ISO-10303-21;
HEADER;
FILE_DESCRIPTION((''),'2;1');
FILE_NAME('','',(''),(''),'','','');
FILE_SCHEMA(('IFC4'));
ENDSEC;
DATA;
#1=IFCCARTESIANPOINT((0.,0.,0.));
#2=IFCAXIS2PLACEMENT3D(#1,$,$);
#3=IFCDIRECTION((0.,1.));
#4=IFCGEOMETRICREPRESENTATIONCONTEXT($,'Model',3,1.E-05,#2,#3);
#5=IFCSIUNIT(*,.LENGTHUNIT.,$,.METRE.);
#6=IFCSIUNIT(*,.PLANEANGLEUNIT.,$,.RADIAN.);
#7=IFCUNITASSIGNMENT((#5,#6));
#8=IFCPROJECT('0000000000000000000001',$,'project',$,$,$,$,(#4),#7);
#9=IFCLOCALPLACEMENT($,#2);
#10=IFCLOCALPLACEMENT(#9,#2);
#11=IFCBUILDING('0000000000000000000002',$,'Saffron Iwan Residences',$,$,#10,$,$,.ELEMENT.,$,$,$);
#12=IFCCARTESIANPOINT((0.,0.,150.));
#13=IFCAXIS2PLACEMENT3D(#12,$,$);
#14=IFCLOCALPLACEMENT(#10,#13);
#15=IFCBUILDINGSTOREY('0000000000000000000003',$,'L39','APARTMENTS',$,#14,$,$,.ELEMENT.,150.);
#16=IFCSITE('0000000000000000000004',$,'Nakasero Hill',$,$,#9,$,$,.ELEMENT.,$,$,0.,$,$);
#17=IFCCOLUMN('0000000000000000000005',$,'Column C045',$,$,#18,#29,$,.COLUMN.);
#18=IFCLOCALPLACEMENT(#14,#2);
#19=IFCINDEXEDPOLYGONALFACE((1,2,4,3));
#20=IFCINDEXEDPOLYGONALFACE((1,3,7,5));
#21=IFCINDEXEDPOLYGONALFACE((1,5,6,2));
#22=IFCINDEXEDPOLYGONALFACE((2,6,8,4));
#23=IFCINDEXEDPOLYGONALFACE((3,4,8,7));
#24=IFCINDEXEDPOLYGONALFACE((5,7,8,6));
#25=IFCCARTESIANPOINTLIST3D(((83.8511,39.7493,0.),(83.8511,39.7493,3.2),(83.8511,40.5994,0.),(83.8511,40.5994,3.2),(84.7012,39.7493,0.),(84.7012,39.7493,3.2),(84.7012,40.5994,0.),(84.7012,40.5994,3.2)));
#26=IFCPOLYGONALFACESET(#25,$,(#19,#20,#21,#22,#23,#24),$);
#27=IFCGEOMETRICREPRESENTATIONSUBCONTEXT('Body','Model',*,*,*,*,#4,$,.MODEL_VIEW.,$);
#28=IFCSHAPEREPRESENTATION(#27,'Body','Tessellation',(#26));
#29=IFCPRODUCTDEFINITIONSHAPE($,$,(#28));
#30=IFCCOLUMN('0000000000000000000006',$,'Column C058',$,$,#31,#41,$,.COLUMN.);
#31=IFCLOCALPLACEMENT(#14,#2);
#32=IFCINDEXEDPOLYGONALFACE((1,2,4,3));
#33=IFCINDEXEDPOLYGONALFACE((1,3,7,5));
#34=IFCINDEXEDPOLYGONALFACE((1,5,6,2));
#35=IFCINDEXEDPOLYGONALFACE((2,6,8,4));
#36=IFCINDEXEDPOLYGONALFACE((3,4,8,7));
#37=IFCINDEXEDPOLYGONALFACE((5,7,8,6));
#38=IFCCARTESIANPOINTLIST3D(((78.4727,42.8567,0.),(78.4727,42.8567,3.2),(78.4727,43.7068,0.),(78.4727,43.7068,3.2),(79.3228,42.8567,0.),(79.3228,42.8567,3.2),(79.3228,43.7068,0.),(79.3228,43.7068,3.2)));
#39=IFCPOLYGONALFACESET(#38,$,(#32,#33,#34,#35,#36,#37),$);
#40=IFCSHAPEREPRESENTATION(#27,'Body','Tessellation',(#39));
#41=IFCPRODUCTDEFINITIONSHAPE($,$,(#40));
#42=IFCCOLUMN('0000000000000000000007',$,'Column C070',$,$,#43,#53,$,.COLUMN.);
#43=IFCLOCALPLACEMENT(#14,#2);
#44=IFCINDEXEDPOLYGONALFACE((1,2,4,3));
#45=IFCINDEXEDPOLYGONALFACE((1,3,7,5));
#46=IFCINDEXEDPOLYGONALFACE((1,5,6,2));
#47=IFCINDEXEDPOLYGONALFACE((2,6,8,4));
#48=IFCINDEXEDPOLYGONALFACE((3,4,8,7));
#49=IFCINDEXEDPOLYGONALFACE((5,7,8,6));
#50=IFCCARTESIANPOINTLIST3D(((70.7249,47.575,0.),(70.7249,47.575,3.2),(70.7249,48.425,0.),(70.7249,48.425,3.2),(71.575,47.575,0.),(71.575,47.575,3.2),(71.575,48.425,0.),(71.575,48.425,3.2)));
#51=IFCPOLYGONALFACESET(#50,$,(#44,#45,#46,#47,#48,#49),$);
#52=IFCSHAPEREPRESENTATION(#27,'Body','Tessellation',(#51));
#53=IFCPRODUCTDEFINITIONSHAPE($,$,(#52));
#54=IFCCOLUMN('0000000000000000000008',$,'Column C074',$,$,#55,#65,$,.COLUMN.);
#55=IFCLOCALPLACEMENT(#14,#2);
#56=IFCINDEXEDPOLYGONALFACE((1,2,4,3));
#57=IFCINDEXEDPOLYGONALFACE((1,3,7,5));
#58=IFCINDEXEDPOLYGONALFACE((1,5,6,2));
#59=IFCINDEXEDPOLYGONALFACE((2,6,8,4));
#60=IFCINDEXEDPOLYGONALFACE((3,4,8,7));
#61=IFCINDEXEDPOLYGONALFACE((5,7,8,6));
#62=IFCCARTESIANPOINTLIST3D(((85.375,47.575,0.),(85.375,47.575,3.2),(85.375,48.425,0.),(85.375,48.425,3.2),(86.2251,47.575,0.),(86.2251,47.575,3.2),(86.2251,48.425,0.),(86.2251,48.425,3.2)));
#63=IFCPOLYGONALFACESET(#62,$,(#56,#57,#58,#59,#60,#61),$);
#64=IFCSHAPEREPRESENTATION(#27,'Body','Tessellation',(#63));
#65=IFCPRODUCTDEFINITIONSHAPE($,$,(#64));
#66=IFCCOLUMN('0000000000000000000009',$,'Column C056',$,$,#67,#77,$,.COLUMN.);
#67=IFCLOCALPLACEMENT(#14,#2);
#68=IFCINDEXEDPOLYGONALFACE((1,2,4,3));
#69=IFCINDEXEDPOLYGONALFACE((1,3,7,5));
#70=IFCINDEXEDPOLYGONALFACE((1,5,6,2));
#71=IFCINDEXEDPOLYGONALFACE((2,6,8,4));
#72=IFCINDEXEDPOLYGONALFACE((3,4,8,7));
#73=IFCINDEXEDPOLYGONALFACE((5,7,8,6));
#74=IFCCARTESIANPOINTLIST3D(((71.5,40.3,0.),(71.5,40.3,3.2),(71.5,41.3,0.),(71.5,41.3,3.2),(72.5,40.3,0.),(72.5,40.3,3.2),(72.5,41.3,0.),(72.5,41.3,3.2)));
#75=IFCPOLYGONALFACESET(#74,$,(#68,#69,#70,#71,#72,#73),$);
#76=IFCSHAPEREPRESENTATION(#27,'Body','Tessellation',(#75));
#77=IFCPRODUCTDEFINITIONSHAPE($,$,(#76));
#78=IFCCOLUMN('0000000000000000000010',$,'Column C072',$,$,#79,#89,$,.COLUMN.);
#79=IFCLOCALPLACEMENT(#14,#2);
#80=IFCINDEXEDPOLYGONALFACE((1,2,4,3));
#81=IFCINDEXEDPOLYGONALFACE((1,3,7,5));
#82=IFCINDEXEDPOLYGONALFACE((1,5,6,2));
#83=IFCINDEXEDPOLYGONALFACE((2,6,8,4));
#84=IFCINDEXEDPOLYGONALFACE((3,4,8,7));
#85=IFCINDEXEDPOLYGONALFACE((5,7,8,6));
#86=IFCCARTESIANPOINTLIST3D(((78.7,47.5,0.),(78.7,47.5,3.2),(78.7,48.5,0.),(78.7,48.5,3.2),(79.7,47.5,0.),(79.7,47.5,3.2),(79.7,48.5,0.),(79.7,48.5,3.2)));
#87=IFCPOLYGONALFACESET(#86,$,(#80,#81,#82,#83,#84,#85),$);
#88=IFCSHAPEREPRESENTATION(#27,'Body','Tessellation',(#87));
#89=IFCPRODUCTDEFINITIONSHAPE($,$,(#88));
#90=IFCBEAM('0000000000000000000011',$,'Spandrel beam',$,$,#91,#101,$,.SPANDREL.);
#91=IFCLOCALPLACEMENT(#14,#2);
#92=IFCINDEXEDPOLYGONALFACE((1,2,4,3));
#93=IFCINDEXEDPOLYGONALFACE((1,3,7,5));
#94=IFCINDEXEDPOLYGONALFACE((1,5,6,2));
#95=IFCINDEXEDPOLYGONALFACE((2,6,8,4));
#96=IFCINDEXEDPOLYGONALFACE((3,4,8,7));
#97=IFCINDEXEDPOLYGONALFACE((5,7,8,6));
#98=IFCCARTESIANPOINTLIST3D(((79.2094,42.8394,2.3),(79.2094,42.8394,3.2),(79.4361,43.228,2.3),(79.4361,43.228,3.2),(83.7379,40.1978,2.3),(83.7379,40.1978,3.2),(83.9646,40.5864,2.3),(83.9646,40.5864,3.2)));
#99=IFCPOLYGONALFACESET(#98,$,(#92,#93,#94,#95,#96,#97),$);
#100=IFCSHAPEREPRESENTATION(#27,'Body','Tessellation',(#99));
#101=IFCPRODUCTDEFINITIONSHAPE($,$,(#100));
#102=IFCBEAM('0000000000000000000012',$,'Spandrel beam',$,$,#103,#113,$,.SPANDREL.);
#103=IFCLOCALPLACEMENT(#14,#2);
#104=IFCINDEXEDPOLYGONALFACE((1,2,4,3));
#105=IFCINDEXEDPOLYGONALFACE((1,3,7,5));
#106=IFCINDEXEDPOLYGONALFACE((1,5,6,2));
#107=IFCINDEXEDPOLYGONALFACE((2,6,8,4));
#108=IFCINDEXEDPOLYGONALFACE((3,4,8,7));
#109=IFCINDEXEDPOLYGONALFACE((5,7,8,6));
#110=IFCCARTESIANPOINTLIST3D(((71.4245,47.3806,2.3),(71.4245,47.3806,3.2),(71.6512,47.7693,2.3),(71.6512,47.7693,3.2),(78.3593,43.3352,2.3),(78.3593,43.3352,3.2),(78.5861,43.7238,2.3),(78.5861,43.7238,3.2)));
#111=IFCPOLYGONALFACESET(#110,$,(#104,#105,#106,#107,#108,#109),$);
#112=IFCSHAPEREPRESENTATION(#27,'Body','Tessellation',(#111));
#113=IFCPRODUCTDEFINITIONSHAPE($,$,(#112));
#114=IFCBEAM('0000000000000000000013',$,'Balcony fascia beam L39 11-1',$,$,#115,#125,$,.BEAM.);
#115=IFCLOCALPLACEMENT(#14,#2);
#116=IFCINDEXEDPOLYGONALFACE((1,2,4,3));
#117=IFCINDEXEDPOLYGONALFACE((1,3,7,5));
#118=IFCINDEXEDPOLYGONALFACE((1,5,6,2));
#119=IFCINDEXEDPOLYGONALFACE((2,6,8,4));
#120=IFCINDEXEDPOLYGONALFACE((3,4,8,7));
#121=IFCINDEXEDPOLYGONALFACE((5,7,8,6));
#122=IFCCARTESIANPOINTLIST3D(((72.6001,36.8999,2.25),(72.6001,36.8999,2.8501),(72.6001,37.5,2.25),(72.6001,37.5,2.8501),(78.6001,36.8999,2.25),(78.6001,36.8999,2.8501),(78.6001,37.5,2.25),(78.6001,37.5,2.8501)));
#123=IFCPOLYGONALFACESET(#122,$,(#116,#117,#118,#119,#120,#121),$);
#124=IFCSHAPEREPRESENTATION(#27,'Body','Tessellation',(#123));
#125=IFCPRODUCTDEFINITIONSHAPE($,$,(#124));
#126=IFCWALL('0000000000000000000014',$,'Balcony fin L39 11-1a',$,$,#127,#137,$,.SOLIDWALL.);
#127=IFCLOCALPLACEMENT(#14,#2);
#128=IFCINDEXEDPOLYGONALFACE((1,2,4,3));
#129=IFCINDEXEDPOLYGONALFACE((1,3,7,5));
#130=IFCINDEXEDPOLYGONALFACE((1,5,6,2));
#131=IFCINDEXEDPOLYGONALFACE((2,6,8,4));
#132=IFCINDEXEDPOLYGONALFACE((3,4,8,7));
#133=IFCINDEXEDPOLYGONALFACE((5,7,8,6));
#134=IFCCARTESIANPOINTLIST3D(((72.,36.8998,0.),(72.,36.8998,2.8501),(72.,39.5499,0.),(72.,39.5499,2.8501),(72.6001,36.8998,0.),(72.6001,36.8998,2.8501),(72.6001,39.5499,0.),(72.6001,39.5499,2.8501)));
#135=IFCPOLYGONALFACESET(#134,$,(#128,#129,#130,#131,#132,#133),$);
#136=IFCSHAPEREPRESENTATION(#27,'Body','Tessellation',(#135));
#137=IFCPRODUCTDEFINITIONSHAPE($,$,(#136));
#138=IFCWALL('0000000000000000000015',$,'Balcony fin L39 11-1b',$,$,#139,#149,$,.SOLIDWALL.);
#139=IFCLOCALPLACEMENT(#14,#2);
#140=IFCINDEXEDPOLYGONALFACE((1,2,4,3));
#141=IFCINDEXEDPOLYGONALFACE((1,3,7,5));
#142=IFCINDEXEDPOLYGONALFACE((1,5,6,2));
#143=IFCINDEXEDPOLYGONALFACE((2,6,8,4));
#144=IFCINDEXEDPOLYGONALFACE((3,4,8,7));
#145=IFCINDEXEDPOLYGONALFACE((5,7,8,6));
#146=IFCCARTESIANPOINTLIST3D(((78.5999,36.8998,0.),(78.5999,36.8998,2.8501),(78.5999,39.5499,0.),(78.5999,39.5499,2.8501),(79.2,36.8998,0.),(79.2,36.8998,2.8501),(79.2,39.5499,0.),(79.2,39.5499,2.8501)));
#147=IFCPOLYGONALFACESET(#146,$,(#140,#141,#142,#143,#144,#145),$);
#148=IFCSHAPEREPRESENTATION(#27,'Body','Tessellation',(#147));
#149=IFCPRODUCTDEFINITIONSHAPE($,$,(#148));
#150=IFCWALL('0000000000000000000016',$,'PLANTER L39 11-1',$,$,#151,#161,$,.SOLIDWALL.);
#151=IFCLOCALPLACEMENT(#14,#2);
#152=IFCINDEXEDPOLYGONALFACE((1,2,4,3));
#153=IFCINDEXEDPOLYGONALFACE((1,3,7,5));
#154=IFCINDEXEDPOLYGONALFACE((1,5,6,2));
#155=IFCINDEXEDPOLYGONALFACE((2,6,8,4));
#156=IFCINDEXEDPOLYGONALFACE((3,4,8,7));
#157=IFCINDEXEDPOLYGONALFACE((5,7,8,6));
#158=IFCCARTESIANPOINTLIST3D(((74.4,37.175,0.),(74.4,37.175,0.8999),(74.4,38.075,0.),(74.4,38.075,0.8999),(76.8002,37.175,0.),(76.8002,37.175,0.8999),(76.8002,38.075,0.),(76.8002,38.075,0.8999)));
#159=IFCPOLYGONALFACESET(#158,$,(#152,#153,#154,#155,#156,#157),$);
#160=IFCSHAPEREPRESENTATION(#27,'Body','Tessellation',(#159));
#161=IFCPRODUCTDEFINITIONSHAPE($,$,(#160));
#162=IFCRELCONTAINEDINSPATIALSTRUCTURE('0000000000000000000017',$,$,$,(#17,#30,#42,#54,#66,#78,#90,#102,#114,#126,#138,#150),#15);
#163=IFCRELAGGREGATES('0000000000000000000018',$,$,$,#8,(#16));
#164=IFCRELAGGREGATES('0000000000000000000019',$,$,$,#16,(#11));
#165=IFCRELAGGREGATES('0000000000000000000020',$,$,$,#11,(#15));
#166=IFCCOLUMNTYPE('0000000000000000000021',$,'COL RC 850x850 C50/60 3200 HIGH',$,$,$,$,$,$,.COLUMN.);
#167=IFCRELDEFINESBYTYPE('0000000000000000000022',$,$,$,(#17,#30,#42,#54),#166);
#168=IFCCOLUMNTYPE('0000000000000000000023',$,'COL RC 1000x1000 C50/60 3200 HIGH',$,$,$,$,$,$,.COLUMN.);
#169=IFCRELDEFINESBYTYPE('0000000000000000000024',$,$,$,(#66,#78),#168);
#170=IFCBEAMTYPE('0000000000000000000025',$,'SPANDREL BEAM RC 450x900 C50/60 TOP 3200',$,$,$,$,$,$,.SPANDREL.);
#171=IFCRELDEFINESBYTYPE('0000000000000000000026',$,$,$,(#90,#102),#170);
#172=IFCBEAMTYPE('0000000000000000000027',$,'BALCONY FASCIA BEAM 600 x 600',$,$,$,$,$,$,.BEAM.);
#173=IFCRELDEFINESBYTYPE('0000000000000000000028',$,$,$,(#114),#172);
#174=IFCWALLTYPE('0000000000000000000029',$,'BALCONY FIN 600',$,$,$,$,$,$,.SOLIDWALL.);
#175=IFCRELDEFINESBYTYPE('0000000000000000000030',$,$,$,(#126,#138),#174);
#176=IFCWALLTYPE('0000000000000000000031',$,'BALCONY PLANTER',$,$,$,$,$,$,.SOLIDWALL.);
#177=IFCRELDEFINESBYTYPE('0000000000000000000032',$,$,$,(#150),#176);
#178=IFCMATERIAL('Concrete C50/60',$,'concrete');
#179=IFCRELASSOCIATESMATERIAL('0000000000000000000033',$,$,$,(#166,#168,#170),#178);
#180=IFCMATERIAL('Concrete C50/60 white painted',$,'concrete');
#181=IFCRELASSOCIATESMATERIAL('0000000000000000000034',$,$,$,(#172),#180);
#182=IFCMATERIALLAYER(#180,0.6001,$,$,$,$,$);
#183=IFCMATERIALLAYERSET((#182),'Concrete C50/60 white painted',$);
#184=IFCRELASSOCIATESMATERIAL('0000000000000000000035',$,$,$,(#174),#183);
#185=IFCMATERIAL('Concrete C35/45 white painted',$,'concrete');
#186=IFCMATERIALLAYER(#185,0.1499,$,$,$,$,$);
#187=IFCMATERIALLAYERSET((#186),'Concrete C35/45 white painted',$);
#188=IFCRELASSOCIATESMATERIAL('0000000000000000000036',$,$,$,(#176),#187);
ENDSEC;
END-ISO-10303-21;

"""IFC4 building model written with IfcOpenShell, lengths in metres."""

from ifc_helpers import new_model, si_unit, direction, frame, frame_2d, origin, origin_2d, place, context, subcontext, project, spatial, rectangle, extrude, source, transform, mapped, material, layer, layer_set, material_profile, profile_set, type_object, element, save


model = new_model("IFC4")

# Units and contexts
model_context = context("Model", 3, precision=1e-05, world=origin(), true_north=direction((0.0, 1.0)))
body_context = subcontext(model_context, "Body", "Model", "MODEL_VIEW")
ifc_project = project(units=[si_unit("LENGTHUNIT", "METRE"), si_unit("PLANEANGLEUNIT", "RADIAN")], contexts=[model_context])

# Site, building, storey
site_placement = place(None, origin())
site = spatial("IfcSite", under=ifc_project, at=site_placement, Name="Nakasero Hill", CompositionType="ELEMENT", RefElevation=0.0)
building_placement = place(site_placement, origin())
building = spatial("IfcBuilding", under=site, at=building_placement, Name="Saffron Iwan Residences", CompositionType="ELEMENT")
storey_placement = place(building_placement, frame((0.0, 0.0, 150.0)))
storey = spatial("IfcBuildingStorey", under=building, at=storey_placement, Name="L39", Description="APARTMENTS", CompositionType="ELEMENT", Elevation=150.0)

# Columns
ifc_material_1 = material(Name="Concrete C50/60", Category="concrete")
ifc_material_profile_1 = material_profile(ifc_material_1, rectangle(XDim=0.8501, YDim=0.8501, at=origin_2d()), Name="RC 850x850")
ifc_profile_set_1 = profile_set([ifc_material_profile_1], Name="Concrete C50/60")
column_type_1 = type_object("IfcColumnType", Name="COL RC 850x850 C50/60 3200 HIGH", PredefinedType="COLUMN", material=ifc_profile_set_1)
shared_shape_1 = source(origin(), body_context, "Body", "SweptSolid", [
    extrude(rectangle(XDim=0.8501, YDim=0.8501, at=origin_2d()), origin(), (0.0, 0.0, 1.0), 3.2),
])
for number, where, z_axis, x_axis, name in (
    (1, (84.2761, 40.1743, 0.0), (0.0, 0.0, 1.0), (1.0, 0.0, 0.0), "Column C045"),
    (2, (78.8977, 43.2817, 0.0), (0.0, 0.0, 1.0), (1.0, 0.0, 0.0), "Column C058"),
    (3, (71.1499, 48.0, 0.0), (0.0, 0.0, 1.0), (1.0, 0.0, 0.0), "Column C070"),
    (4, (85.8, 48.0, 0.0), (0.0, 0.0, 1.0), (1.0, 0.0, 0.0), "Column C074"),
):
    element("IfcColumn", number, at=place(storey_placement, frame(where, z_axis=z_axis, x_axis=x_axis)), inside=storey, type_object=column_type_1, Name=name, PredefinedType="COLUMN", context=body_context, shape_type="MappedRepresentation", body=[
        mapped(shared_shape_1, transform((0.0, 0.0, 0.0))),
    ])
ifc_material_profile_2 = material_profile(ifc_material_1, rectangle(XDim=1.0, YDim=1.0, at=origin_2d()), Name="RC 1000x1000")
ifc_profile_set_2 = profile_set([ifc_material_profile_2], Name="Concrete C50/60")
column_type_2 = type_object("IfcColumnType", Name="COL RC 1000x1000 C50/60 3200 HIGH", PredefinedType="COLUMN", material=ifc_profile_set_2)
shared_shape_2 = source(origin(), body_context, "Body", "SweptSolid", [
    extrude(rectangle(XDim=1.0, YDim=1.0, at=origin_2d()), origin(), (0.0, 0.0, 1.0), 3.2),
])
for number, where, z_axis, x_axis, name in (
    (5, (72.0, 40.8, 0.0), (0.0, 0.0, 1.0), (1.0, 0.0, 0.0), "Column C056"),
    (6, (79.2, 48.0, 0.0), (0.0, 0.0, 1.0), (1.0, 0.0, 0.0), "Column C072"),
):
    element("IfcColumn", number, at=place(storey_placement, frame(where, z_axis=z_axis, x_axis=x_axis)), inside=storey, type_object=column_type_2, Name=name, PredefinedType="COLUMN", context=body_context, shape_type="MappedRepresentation", body=[
        mapped(shared_shape_2, transform((0.0, 0.0, 0.0))),
    ])

# Beams
ifc_material_profile_3 = material_profile(ifc_material_1, rectangle(XDim=0.45, YDim=0.8999, at=origin_2d()), Name="RC 450x900")
ifc_profile_set_3 = profile_set([ifc_material_profile_3], Name="Concrete C50/60")
beam_type_1 = type_object("IfcBeamType", Name="SPANDREL BEAM RC 450x900 C50/60 TOP 3200", PredefinedType="SPANDREL", material=ifc_profile_set_3)
shared_shape_3 = source(origin(), body_context, "Body", "SweptSolid", [
    extrude(rectangle(XDim=0.45, YDim=0.8999, at=origin_2d()), origin(), (0.0, 0.0, 1.0), 5.2427),
])
beam_1_placement = place(storey_placement, frame((79.3228, 43.0337, 2.75), z_axis=(0.863784, -0.503862, 0.0), x_axis=(0.503862, 0.863784, 0.0)))
element("IfcBeam", 7, at=beam_1_placement, inside=storey, type_object=beam_type_1, Name="Spandrel beam", PredefinedType="SPANDREL", context=body_context, shape_type="MappedRepresentation", body=[
    mapped(shared_shape_3, transform((0.0, 0.0, 0.0))),
])
shared_shape_4 = source(origin(), body_context, "Body", "SweptSolid", [
    extrude(rectangle(XDim=0.45, YDim=0.8999, at=origin_2d()), origin(), (0.0, 0.0, 1.0), 8.0286),
])
beam_2_placement = place(storey_placement, frame((71.5378, 47.575, 2.75), z_axis=(0.863773, -0.50388, 0.0), x_axis=(0.50388, 0.863773, 0.0)))
element("IfcBeam", 8, at=beam_2_placement, inside=storey, type_object=beam_type_1, Name="Spandrel beam", PredefinedType="SPANDREL", context=body_context, shape_type="MappedRepresentation", body=[
    mapped(shared_shape_4, transform((0.0, 0.0, 0.0))),
])
ifc_material_2 = material(Name="Concrete C50/60 white painted", Category="concrete")
ifc_material_profile_4 = material_profile(ifc_material_2, rectangle(XDim=0.6001, YDim=0.6001, at=origin_2d()), Name="BALCONY FASCIA BEAM 600 x 600")
ifc_profile_set_4 = profile_set([ifc_material_profile_4], Name="Concrete C50/60 white painted")
beam_type_2 = type_object("IfcBeamType", Name="BALCONY FASCIA BEAM 600 x 600", PredefinedType="BEAM", material=ifc_profile_set_4)
shared_shape_5 = source(origin(), body_context, "Body", "SweptSolid", [
    extrude(rectangle(XDim=0.6001, YDim=0.6001, at=origin_2d()), origin(), (0.0, 0.0, 1.0), 6.0),
])
beam_3_placement = place(storey_placement, frame((72.6001, 37.2, 2.55), z_axis=(1.0, 0.0, 0.0), x_axis=(0.0, 1.0, 0.0)))
element("IfcBeam", 9, at=beam_3_placement, inside=storey, type_object=beam_type_2, Name="Balcony fascia beam L39 11-1", PredefinedType="BEAM", context=body_context, shape_type="MappedRepresentation", body=[
    mapped(shared_shape_5, transform((0.0, 0.0, 0.0))),
])

# Walls
ifc_layer_1 = layer(ifc_material_2, 0.6001)
ifc_layer_set_1 = layer_set([ifc_layer_1], Name="Concrete C50/60 white painted")
wall_type_1 = type_object("IfcWallType", Name="BALCONY FIN 600", PredefinedType="SOLIDWALL", material=ifc_layer_set_1)
for number, where, z_axis, x_axis, name in (
    (10, (72.3, 39.55, 0.0), (0.0, 0.0, 1.0), (0.0, -1.0, 0.0), "Balcony fin L39 11-1a"),
    (11, (78.8999, 39.55, 0.0), (0.0, 0.0, 1.0), (0.0, -1.0, 0.0), "Balcony fin L39 11-1b"),
):
    element("IfcWall", number, at=place(storey_placement, frame(where, z_axis=z_axis, x_axis=x_axis)), inside=storey, type_object=wall_type_1, Name=name, PredefinedType="SOLIDWALL", context=body_context, shape_type="SweptSolid", body=[
        extrude(rectangle(XDim=2.6501, YDim=0.6001, at=frame_2d((1.3252, 0.0))), origin(), (0.0, 0.0, 1.0), 2.8501),
    ])
ifc_material_3 = material(Name="Concrete C35/45 white painted", Category="concrete")
ifc_layer_2 = layer(ifc_material_3, 0.1499)
ifc_layer_set_2 = layer_set([ifc_layer_2], Name="Concrete C35/45 white painted")
wall_type_2 = type_object("IfcWallType", Name="BALCONY PLANTER", PredefinedType="SOLIDWALL", material=ifc_layer_set_2)
wall_1_placement = place(storey_placement, frame((74.3999, 37.625, 0.0), z_axis=(0.0, 0.0, 1.0), x_axis=(1.0, 0.0, 0.0)))
element("IfcWall", 12, at=wall_1_placement, inside=storey, type_object=wall_type_2, Name="PLANTER L39 11-1", PredefinedType="SOLIDWALL", context=body_context, shape_type="SweptSolid", body=[
    extrude(rectangle(XDim=2.4001, YDim=0.8999, at=frame_2d((1.2002, 0.0))), origin(), (0.0, 0.0, 1.0), 0.8999),
])

save(model, "model.ifc")
